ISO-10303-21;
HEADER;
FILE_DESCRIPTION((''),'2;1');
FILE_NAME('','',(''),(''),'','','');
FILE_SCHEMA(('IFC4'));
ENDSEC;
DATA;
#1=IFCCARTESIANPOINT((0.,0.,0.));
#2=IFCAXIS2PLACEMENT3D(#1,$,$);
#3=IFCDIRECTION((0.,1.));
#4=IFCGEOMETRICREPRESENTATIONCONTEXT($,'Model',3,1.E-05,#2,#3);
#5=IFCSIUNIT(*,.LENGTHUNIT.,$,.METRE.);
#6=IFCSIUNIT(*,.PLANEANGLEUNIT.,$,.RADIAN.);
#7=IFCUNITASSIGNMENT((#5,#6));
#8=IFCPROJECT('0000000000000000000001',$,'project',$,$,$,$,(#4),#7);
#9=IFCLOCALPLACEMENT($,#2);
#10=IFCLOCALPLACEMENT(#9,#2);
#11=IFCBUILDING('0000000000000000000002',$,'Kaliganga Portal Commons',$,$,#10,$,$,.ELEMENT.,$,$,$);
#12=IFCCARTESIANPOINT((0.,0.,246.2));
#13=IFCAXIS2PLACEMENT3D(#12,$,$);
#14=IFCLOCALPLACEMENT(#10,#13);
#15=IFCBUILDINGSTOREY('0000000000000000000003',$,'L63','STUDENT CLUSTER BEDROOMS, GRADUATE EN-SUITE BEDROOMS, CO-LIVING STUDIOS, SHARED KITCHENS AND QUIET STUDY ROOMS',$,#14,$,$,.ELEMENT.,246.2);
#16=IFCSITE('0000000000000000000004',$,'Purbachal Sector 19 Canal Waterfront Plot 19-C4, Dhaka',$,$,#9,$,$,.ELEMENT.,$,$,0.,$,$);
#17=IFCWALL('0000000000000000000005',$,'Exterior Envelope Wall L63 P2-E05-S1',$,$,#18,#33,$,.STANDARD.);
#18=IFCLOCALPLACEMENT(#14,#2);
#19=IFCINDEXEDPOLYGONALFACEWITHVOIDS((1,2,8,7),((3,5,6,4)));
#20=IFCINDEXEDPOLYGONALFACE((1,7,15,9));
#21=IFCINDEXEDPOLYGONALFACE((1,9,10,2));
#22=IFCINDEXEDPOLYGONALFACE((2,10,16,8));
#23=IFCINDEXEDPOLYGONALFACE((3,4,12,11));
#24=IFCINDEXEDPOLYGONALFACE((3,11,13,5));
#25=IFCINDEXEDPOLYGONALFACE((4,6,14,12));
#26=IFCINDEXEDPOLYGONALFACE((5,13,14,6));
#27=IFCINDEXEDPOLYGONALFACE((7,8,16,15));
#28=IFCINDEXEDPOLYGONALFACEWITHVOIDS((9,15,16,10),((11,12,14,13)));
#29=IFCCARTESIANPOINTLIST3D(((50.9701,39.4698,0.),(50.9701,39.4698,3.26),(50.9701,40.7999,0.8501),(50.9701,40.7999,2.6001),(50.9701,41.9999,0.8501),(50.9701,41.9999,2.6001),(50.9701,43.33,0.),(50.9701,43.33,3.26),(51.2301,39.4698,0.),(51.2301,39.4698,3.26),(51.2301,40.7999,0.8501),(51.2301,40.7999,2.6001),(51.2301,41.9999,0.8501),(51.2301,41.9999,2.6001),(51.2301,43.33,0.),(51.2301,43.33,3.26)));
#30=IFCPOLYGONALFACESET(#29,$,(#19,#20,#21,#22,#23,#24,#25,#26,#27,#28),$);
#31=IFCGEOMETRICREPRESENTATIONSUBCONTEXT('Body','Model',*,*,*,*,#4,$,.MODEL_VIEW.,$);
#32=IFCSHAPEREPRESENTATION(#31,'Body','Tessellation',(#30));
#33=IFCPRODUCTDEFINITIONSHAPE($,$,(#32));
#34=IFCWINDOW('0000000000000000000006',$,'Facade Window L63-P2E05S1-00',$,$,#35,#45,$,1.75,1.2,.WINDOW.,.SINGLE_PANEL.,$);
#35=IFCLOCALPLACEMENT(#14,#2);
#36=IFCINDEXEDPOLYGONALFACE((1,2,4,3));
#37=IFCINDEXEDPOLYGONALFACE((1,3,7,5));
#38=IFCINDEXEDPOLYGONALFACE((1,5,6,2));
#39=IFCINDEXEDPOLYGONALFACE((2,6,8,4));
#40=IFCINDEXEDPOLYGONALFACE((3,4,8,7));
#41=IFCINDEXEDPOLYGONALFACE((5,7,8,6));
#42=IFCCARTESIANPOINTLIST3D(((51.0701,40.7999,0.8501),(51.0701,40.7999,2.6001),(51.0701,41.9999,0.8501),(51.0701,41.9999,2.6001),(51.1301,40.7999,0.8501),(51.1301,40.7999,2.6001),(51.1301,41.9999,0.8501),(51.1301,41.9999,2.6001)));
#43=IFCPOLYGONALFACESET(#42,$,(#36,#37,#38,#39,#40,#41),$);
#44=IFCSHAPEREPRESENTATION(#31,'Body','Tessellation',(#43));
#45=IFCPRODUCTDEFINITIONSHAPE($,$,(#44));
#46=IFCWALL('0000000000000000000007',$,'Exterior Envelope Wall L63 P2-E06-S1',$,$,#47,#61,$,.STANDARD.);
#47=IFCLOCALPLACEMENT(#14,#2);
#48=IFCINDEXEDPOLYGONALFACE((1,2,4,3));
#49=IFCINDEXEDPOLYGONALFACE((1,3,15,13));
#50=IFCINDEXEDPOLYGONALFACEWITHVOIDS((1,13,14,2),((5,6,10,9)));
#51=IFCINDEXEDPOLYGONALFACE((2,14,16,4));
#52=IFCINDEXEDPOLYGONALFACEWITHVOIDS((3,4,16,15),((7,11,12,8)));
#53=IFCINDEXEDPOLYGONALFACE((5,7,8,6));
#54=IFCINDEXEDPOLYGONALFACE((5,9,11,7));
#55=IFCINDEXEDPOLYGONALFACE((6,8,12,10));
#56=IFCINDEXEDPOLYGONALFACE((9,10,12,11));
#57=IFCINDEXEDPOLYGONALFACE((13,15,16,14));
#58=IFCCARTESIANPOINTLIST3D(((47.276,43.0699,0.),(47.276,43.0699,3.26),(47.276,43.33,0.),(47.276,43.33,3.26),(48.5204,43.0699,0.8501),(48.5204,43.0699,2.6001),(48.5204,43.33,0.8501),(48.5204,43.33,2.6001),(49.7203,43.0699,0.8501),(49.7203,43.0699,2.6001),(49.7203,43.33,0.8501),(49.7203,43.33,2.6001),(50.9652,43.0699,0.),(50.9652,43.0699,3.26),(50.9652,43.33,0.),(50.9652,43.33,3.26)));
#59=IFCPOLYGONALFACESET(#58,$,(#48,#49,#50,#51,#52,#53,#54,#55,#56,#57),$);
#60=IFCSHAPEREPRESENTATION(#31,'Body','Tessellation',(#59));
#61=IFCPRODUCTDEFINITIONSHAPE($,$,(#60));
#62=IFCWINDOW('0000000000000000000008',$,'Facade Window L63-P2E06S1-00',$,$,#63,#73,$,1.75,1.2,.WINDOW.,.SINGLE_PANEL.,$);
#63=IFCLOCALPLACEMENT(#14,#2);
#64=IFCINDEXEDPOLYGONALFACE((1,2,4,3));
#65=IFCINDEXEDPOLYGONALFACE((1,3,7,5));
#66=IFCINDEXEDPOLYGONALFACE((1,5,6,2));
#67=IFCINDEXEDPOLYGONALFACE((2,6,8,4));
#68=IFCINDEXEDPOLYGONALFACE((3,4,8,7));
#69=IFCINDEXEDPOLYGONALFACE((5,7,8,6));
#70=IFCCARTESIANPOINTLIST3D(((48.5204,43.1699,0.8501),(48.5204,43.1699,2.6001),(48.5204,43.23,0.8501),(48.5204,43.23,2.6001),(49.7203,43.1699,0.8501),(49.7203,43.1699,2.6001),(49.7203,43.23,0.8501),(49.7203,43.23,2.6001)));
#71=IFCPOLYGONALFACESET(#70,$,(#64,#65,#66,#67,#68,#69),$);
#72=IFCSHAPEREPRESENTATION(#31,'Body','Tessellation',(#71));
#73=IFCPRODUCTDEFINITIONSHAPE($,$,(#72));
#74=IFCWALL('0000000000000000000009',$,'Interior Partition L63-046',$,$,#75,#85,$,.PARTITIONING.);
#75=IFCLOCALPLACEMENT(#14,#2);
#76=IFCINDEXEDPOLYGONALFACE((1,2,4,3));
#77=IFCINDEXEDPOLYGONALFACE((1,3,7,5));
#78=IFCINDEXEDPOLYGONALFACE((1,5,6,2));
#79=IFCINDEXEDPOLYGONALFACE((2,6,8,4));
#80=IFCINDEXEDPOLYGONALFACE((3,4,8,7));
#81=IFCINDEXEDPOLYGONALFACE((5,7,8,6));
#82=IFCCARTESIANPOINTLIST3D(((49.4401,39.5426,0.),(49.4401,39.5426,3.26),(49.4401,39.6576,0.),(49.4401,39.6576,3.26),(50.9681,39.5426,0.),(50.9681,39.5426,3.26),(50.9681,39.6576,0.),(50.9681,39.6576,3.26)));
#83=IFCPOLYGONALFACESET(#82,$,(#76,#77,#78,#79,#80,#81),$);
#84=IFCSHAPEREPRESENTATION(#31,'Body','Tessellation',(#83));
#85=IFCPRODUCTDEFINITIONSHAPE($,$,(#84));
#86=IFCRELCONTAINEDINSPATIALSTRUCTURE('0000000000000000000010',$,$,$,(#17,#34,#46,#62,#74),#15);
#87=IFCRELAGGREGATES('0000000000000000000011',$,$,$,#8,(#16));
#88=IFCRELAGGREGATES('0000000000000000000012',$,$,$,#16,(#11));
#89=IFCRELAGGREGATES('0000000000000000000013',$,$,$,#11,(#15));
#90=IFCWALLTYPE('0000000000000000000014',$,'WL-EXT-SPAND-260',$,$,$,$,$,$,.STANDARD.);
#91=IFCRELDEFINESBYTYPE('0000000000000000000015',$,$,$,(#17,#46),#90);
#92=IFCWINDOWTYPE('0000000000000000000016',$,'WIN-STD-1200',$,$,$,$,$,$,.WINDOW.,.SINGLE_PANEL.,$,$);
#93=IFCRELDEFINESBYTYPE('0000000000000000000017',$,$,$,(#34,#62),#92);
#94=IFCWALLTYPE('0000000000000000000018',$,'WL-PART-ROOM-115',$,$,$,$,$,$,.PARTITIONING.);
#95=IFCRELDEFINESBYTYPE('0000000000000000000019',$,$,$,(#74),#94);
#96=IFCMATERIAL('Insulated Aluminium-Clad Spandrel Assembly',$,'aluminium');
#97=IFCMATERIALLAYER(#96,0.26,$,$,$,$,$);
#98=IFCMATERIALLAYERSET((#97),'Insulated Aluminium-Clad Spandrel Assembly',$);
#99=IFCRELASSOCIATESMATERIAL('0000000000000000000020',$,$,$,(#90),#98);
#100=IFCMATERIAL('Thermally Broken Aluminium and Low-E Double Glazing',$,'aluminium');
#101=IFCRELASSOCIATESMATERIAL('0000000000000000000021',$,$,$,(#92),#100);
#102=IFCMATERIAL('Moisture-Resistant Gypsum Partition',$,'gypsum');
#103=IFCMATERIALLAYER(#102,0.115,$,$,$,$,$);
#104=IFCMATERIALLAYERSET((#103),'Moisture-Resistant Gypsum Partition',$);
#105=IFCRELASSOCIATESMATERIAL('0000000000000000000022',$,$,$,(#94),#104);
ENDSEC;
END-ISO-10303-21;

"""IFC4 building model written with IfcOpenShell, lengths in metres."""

from ifc_helpers import new_model, si_unit, direction, frame, frame_2d, origin, place, context, subcontext, project, spatial, rectangle, extrude, material, layer, layer_set, type_object, element, fill, save


model = new_model("IFC4")

# Units and contexts
model_context = context("Model", 3, precision=1e-05, world=origin(), true_north=direction((0.0, 1.0)))
body_context = subcontext(model_context, "Body", "Model", "MODEL_VIEW")
ifc_project = project(units=[si_unit("LENGTHUNIT", "METRE"), si_unit("PLANEANGLEUNIT", "RADIAN")], contexts=[model_context])

# Site, building, storey
site_placement = place(None, origin())
site = spatial("IfcSite", under=ifc_project, at=site_placement, Name="Purbachal Sector 19 Canal Waterfront Plot 19-C4, Dhaka", CompositionType="ELEMENT", RefElevation=0.0)
building_placement = place(site_placement, origin())
building = spatial("IfcBuilding", under=site, at=building_placement, Name="Kaliganga Portal Commons", CompositionType="ELEMENT")
storey_placement = place(building_placement, frame((0.0, 0.0, 246.2)))
storey = spatial("IfcBuildingStorey", under=building, at=storey_placement, Name="L63", Description="STUDENT CLUSTER BEDROOMS, GRADUATE EN-SUITE BEDROOMS, CO-LIVING STUDIOS, SHARED KITCHENS AND QUIET STUDY ROOMS", CompositionType="ELEMENT", Elevation=246.2)

# Shared definitions
ifc_material_1 = material(Name="Insulated Aluminium-Clad Spandrel Assembly", Category="aluminium")
ifc_layer_1 = layer(ifc_material_1, 0.26)
ifc_layer_set_1 = layer_set([ifc_layer_1], Name="Insulated Aluminium-Clad Spandrel Assembly")
wall_type_1 = type_object("IfcWallType", Name="WL-EXT-SPAND-260", PredefinedType="STANDARD", material=ifc_layer_set_1)
ifc_material_2 = material(Name="Thermally Broken Aluminium and Low-E Double Glazing", Category="aluminium")
window_type = type_object("IfcWindowType", Name="WIN-STD-1200", PartitioningType="SINGLE_PANEL", PredefinedType="WINDOW", material=ifc_material_2)

# Walls, openings, windows
wall_1_placement = place(storey_placement, frame((51.1001, 43.3301, 0.0), z_axis=(0.0, 0.0, 1.0), x_axis=(0.0, -1.0, 0.0)))
wall_1 = element("IfcWall", 1, at=wall_1_placement, inside=storey, type_object=wall_type_1, Name="Exterior Envelope Wall L63 P2-E05-S1", PredefinedType="STANDARD", context=body_context, shape_type="SweptSolid", body=[
    extrude(rectangle(XDim=3.8601, YDim=0.26, at=frame_2d((1.9302, 0.0))), origin(), (0.0, 0.0, 1.0), 3.26),
])
opening_1_placement = place(wall_1_placement, frame((1.3301, 0.0, 0.8501)))
opening_1 = element("IfcOpeningElement", 2, at=opening_1_placement, cuts=wall_1, PredefinedType="OPENING", context=body_context, shape_type="SweptSolid", body=[
    extrude(rectangle(XDim=1.2, YDim=1.75, at=frame_2d((0.6001, 0.875))), frame((0.0, 0.1401, 0.0), z_axis=(0.0, -1.0, 0.0), x_axis=(1.0, 0.0, 0.0)), (0.0, 0.0, 1.0), 0.28),
])
window_1_placement = place(opening_1_placement, origin())
window_1 = element("IfcWindow", 3, at=window_1_placement, inside=storey, type_object=window_type, Name="Facade Window L63-P2E05S1-00", OverallHeight=1.75, OverallWidth=1.2, PartitioningType="SINGLE_PANEL", PredefinedType="WINDOW", context=body_context, shape_type="SweptSolid", body=[
    extrude(rectangle(XDim=1.2, YDim=1.75, at=frame_2d((0.6001, 0.875))), frame((0.0, 0.03, 0.0), z_axis=(0.0, -1.0, 0.0), x_axis=(1.0, 0.0, 0.0)), (0.0, 0.0, 1.0), 0.0601),
])
fill(opening_1, window_1)
wall_2_placement = place(storey_placement, frame((47.2759, 43.2, 0.0), z_axis=(0.0, 0.0, 1.0), x_axis=(1.0, 0.0, 0.0)))
wall_2 = element("IfcWall", 4, at=wall_2_placement, inside=storey, type_object=wall_type_1, Name="Exterior Envelope Wall L63 P2-E06-S1", PredefinedType="STANDARD", context=body_context, shape_type="SweptSolid", body=[
    extrude(rectangle(XDim=3.6892, YDim=0.26, at=frame_2d((1.8447, 0.0))), origin(), (0.0, 0.0, 1.0), 3.26),
])
opening_2_placement = place(wall_2_placement, frame((1.2444, 0.0, 0.8501)))
opening_2 = element("IfcOpeningElement", 5, at=opening_2_placement, cuts=wall_2, PredefinedType="OPENING", context=body_context, shape_type="SweptSolid", body=[
    extrude(rectangle(XDim=1.2, YDim=1.75, at=frame_2d((0.6001, 0.875))), frame((0.0, 0.1401, 0.0), z_axis=(0.0, -1.0, 0.0), x_axis=(1.0, 0.0, 0.0)), (0.0, 0.0, 1.0), 0.28),
])
window_2_placement = place(opening_2_placement, origin())
window_2 = element("IfcWindow", 6, at=window_2_placement, inside=storey, type_object=window_type, Name="Facade Window L63-P2E06S1-00", OverallHeight=1.75, OverallWidth=1.2, PartitioningType="SINGLE_PANEL", PredefinedType="WINDOW", context=body_context, shape_type="SweptSolid", body=[
    extrude(rectangle(XDim=1.2, YDim=1.75, at=frame_2d((0.6001, 0.875))), frame((0.0, 0.03, 0.0), z_axis=(0.0, -1.0, 0.0), x_axis=(1.0, 0.0, 0.0)), (0.0, 0.0, 1.0), 0.0601),
])
fill(opening_2, window_2)

# Wall
ifc_material_3 = material(Name="Moisture-Resistant Gypsum Partition", Category="gypsum")
ifc_layer_2 = layer(ifc_material_3, 0.115)
ifc_layer_set_2 = layer_set([ifc_layer_2], Name="Moisture-Resistant Gypsum Partition")
wall_type_2 = type_object("IfcWallType", Name="WL-PART-ROOM-115", PredefinedType="PARTITIONING", material=ifc_layer_set_2)
wall_3_placement = place(storey_placement, frame((49.4399, 39.6001, 0.0), z_axis=(0.0, 0.0, 1.0), x_axis=(1.0, 0.0, 0.0)))
element("IfcWall", 7, at=wall_3_placement, inside=storey, type_object=wall_type_2, Name="Interior Partition L63-046", PredefinedType="PARTITIONING", context=body_context, shape_type="SweptSolid", body=[
    extrude(rectangle(XDim=1.5281, YDim=0.115, at=frame_2d((0.7642, 0.0))), origin(), (0.0, 0.0, 1.0), 3.26),
])

save(model, "model.ifc")
